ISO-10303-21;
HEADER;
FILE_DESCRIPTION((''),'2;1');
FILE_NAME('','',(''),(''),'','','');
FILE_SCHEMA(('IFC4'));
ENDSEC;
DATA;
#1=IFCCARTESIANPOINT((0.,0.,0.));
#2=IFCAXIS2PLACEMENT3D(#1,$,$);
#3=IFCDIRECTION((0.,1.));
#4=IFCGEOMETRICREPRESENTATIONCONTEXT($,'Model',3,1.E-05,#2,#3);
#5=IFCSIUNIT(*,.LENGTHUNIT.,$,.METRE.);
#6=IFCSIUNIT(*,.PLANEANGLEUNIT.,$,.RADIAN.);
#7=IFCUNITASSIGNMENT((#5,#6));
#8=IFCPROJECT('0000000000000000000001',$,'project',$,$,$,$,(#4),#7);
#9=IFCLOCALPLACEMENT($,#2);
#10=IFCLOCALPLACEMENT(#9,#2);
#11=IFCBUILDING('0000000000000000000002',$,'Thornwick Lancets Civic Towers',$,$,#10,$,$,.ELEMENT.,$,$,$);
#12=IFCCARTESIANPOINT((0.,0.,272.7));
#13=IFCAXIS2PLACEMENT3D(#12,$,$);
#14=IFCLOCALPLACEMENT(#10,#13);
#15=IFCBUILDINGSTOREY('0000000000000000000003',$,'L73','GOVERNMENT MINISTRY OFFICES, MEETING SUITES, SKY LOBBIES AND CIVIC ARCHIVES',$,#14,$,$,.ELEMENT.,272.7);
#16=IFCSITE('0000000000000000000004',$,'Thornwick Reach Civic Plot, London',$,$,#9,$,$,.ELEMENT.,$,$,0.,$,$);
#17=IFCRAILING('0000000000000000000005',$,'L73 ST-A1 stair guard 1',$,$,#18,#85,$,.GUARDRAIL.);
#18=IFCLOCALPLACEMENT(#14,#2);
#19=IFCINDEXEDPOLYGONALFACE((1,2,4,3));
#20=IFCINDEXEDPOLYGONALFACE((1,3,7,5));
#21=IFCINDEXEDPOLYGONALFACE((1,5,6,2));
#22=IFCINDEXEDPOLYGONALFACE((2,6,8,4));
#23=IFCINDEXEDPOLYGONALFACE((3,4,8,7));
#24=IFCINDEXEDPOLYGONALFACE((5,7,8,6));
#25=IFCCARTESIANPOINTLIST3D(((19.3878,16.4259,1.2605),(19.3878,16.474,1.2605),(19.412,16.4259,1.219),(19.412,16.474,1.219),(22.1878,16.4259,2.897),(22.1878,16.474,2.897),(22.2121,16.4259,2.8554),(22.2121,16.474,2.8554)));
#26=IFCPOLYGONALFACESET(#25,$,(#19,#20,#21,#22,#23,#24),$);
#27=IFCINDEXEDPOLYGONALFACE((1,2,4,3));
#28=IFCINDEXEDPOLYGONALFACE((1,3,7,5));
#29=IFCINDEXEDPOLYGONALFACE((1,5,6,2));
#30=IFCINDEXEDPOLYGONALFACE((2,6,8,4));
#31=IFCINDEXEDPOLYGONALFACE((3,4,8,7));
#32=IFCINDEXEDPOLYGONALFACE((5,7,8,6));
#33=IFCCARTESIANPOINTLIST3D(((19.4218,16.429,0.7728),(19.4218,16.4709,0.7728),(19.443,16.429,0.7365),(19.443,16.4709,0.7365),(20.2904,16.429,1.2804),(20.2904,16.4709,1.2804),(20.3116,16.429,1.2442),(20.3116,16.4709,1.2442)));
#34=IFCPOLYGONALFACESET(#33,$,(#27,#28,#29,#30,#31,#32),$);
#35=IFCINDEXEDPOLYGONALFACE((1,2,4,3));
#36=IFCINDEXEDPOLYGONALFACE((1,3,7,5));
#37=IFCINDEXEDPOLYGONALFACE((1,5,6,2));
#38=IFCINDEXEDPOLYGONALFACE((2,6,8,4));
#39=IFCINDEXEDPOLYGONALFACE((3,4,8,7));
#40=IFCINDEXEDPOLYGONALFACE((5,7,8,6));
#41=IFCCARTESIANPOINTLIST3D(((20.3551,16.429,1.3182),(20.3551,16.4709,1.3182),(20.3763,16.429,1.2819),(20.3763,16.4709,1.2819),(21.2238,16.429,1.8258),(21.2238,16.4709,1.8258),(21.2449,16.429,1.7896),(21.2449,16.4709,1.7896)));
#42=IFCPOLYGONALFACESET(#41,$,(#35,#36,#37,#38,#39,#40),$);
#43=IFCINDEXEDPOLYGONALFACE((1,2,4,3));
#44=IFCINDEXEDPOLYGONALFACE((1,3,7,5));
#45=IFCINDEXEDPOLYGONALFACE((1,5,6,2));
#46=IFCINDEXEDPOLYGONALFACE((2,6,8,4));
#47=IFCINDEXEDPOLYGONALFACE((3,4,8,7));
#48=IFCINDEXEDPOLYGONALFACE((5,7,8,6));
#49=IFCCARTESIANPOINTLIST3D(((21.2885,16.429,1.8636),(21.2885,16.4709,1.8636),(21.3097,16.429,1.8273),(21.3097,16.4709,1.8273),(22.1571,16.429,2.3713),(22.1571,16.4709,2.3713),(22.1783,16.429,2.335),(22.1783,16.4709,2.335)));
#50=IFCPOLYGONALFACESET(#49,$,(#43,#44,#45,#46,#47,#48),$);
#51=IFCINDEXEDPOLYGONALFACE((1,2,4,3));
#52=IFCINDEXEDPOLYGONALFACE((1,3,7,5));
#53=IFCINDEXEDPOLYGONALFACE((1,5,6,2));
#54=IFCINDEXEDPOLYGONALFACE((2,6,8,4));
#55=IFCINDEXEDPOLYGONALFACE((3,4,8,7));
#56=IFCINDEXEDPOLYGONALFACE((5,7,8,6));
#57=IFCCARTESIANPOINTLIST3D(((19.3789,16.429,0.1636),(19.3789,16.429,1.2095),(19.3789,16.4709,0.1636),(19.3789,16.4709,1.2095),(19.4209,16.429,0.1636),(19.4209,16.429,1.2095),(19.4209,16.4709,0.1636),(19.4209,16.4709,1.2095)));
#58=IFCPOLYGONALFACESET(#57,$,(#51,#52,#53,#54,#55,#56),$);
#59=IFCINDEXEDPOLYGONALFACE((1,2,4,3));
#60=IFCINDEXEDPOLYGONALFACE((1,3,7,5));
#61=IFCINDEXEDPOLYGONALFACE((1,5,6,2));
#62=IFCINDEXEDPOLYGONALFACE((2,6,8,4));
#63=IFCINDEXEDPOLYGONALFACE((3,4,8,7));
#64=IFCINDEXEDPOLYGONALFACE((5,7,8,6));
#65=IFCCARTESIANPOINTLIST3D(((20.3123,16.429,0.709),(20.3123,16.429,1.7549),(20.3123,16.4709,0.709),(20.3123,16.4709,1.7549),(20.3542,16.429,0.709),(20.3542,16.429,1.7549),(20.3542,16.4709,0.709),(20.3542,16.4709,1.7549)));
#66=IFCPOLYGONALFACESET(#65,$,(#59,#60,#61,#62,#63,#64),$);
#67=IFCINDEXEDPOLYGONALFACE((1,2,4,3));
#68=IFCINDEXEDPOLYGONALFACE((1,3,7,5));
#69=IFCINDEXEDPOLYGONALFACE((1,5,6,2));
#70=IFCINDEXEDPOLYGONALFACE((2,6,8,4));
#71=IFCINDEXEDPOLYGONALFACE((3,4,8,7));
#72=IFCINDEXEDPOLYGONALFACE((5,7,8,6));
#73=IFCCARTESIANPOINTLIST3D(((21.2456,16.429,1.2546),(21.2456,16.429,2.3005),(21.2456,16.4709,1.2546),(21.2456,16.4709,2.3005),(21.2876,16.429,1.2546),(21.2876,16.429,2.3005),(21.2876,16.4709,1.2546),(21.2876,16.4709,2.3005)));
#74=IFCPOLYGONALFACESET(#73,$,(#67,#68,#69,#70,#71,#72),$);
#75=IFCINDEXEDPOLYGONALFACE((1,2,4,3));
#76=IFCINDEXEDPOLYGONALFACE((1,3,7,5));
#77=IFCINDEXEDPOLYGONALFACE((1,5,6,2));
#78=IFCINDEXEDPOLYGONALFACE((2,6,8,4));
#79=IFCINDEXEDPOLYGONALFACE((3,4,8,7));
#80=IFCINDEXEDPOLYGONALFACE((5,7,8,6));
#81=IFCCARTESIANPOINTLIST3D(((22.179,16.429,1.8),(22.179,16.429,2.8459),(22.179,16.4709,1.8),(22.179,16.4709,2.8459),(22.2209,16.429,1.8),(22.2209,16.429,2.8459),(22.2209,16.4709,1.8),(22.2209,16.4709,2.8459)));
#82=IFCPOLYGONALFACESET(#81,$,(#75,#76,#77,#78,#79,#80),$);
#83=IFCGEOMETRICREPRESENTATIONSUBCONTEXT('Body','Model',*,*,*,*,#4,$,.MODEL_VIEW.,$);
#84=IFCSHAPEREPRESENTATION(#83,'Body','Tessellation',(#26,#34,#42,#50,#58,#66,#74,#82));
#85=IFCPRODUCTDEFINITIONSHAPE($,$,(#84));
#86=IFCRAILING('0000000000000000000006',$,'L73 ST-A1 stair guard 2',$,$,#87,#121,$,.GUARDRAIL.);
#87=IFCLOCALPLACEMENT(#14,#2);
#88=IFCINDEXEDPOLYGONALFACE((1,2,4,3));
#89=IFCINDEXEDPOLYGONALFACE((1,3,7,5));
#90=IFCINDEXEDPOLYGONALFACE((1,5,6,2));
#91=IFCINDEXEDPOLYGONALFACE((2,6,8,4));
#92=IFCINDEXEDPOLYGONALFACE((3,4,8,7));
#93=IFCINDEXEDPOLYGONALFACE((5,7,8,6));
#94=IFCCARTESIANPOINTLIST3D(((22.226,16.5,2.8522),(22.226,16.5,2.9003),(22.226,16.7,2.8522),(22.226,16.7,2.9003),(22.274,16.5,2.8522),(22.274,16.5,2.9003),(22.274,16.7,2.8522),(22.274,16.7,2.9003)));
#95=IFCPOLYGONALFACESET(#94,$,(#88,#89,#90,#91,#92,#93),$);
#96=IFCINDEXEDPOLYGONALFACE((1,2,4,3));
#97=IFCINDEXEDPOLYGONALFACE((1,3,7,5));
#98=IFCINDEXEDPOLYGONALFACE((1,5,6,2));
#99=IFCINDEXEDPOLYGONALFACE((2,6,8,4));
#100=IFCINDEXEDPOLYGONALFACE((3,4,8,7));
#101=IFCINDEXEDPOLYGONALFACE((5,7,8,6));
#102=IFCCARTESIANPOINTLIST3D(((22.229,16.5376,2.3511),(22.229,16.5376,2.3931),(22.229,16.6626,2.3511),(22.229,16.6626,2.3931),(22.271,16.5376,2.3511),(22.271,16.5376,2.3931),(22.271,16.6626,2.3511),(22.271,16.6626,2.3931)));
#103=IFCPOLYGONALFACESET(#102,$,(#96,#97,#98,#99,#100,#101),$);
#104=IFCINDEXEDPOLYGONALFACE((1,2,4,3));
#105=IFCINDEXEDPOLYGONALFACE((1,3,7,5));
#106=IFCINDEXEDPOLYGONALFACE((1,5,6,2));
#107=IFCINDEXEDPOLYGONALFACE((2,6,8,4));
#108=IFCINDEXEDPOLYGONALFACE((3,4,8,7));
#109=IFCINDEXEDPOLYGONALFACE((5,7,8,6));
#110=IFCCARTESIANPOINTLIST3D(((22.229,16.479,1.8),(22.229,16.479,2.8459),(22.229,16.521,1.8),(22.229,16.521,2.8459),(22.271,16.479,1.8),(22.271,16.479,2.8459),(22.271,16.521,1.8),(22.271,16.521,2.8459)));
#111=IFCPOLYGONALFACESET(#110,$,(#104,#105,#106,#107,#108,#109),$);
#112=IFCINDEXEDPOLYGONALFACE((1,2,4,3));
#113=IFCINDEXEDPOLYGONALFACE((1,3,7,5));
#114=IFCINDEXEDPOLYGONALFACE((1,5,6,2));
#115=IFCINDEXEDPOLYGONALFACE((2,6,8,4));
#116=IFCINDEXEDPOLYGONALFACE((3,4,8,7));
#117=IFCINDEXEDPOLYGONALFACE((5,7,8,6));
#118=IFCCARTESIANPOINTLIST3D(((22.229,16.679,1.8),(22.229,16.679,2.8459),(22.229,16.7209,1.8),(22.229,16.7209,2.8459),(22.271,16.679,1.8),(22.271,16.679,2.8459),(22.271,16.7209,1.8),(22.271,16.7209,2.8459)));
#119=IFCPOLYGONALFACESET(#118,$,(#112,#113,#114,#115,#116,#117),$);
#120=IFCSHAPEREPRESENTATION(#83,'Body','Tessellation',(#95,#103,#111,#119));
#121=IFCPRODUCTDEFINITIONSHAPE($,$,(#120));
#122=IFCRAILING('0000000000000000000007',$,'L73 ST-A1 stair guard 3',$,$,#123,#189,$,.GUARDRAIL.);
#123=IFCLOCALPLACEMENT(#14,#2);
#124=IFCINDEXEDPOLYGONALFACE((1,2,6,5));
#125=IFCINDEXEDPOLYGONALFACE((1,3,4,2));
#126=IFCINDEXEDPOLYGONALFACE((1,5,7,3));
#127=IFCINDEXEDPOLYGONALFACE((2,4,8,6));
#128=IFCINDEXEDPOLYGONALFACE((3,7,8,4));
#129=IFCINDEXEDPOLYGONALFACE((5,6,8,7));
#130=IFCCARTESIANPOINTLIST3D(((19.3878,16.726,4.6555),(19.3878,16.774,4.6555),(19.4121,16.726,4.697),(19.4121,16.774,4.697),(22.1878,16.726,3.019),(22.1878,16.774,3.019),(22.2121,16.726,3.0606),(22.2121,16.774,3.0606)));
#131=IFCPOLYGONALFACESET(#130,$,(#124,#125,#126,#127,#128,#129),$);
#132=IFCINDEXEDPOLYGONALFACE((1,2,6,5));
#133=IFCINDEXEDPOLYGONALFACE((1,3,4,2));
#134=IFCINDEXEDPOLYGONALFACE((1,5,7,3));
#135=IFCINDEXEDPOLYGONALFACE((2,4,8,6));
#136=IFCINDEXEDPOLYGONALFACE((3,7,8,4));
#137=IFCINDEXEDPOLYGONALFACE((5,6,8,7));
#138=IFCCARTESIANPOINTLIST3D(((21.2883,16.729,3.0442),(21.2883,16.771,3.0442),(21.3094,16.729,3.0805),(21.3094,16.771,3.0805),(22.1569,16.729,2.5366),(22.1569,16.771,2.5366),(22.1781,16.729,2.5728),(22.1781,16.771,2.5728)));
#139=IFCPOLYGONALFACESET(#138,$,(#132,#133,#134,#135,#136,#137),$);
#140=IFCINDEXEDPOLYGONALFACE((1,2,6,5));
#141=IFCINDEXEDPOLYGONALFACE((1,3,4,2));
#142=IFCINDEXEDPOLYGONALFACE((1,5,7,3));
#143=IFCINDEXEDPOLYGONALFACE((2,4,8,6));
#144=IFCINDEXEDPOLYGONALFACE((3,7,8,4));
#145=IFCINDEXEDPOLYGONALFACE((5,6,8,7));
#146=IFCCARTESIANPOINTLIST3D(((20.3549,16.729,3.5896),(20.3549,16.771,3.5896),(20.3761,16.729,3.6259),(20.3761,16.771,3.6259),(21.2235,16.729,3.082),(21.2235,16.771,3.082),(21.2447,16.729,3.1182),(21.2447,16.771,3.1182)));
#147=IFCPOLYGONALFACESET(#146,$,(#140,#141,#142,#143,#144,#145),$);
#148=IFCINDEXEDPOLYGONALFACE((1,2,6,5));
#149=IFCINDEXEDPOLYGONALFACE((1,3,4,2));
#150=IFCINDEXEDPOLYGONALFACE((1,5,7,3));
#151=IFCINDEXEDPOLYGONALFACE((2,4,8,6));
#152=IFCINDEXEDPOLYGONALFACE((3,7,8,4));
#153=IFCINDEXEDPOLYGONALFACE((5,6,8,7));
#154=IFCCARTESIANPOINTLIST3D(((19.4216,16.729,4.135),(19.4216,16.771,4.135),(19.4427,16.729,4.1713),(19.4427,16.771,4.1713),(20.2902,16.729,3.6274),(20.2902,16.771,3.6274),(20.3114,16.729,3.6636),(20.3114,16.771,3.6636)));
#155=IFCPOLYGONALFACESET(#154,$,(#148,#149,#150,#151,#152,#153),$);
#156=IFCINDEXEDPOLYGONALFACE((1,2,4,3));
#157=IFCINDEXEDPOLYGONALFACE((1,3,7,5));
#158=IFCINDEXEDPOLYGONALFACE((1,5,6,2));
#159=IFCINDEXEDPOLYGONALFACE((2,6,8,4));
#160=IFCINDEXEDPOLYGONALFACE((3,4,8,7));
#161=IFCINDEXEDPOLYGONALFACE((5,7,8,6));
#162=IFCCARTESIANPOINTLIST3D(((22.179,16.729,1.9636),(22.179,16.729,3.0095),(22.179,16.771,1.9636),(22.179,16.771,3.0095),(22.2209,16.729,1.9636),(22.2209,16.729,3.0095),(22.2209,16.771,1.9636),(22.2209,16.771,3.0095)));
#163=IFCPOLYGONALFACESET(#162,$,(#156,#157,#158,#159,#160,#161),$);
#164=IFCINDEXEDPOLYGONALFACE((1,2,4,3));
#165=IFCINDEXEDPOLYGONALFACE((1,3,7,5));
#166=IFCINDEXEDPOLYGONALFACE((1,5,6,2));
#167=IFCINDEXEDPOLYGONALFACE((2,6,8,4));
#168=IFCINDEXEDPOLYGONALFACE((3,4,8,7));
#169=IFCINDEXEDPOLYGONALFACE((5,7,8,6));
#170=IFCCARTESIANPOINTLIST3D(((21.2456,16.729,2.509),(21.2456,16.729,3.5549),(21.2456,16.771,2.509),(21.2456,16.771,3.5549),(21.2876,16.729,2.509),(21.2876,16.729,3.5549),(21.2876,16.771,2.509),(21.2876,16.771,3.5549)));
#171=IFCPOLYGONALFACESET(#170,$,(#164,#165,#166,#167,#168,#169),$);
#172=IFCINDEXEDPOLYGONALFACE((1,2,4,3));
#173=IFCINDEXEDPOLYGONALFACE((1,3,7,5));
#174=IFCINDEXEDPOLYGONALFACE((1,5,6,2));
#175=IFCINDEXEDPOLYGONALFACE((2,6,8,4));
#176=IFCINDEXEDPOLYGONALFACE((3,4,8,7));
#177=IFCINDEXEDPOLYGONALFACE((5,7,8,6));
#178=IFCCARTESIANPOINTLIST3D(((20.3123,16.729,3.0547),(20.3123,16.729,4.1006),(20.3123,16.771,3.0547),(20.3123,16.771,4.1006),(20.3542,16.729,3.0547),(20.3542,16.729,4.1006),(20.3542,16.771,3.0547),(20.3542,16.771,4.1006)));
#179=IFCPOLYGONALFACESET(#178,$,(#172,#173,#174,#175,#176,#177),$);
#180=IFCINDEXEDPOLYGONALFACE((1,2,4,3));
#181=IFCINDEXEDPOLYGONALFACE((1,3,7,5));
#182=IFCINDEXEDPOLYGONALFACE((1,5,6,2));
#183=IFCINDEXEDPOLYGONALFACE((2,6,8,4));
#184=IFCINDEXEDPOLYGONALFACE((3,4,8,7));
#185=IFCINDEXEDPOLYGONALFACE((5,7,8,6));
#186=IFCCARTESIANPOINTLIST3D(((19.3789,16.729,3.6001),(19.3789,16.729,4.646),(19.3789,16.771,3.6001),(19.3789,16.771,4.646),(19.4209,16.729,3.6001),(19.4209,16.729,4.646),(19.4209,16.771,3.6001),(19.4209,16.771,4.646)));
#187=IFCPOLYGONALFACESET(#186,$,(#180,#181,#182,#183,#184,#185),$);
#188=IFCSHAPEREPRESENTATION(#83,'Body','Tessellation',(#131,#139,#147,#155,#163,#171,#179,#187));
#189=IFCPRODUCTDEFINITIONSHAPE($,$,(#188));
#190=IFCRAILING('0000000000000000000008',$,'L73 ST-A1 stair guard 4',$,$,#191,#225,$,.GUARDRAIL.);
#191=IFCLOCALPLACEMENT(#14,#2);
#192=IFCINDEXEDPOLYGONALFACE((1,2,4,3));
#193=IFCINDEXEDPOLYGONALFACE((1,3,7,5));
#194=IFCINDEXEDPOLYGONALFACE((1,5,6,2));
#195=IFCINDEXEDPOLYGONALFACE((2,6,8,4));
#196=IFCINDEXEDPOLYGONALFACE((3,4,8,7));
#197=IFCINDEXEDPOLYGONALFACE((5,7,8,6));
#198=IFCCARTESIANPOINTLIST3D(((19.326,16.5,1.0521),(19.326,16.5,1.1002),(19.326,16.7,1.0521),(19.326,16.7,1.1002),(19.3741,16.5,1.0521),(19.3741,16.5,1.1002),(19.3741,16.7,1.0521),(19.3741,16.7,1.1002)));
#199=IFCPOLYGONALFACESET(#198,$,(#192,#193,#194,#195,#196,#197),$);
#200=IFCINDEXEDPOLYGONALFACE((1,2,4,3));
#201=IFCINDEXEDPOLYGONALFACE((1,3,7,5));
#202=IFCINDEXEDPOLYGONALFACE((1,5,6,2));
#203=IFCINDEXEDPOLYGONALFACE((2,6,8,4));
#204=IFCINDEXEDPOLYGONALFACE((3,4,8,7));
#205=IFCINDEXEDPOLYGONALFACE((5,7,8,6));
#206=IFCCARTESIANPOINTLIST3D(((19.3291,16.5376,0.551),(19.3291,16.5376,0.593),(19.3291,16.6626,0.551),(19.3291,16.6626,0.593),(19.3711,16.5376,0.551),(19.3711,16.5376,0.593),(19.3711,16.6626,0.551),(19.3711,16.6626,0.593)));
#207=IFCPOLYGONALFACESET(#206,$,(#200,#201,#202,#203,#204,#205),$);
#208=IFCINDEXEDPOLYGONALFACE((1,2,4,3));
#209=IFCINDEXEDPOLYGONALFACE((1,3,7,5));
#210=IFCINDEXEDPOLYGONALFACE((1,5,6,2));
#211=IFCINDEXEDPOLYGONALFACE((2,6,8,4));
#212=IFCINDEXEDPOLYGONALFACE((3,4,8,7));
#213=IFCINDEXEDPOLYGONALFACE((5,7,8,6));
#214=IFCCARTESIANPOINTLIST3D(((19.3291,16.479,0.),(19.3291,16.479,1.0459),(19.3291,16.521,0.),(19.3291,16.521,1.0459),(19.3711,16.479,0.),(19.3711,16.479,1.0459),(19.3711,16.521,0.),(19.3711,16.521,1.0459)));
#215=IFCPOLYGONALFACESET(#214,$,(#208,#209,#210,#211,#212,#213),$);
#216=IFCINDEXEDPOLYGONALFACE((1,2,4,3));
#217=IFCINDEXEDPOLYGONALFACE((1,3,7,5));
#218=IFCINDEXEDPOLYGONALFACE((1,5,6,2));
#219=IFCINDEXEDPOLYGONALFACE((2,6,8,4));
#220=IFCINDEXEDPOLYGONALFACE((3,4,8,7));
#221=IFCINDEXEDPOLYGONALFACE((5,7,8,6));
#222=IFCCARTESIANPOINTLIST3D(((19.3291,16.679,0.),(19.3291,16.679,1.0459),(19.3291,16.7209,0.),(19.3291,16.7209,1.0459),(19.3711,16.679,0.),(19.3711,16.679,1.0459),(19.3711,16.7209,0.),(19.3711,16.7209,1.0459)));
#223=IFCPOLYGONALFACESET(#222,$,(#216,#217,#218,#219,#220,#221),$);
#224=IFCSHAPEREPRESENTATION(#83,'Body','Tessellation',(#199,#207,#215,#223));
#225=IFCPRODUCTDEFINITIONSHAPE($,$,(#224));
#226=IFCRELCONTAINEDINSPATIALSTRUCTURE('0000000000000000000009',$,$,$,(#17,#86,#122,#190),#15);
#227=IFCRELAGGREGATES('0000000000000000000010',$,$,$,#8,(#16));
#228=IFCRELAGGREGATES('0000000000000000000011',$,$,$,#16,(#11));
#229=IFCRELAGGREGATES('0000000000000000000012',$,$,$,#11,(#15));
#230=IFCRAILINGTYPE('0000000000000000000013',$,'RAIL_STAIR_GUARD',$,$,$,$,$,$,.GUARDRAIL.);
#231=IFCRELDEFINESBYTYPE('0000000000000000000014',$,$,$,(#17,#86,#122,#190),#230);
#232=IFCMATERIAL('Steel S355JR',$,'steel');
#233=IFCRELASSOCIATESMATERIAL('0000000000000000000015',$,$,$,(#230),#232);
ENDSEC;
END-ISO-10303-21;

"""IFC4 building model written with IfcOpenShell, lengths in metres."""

from ifc_helpers import new_model, si_unit, direction, frame, origin, origin_2d, place, context, subcontext, project, spatial, rectangle, extrude, material, type_object, element, save


model = new_model("IFC4")

# Units and contexts
model_context = context("Model", 3, precision=1e-05, world=origin(), true_north=direction((0.0, 1.0)))
body_context = subcontext(model_context, "Body", "Model", "MODEL_VIEW")
ifc_project = project(units=[si_unit("LENGTHUNIT", "METRE"), si_unit("PLANEANGLEUNIT", "RADIAN")], contexts=[model_context])

# Site, building, storey
site_placement = place(None, origin())
site = spatial("IfcSite", under=ifc_project, at=site_placement, Name="Thornwick Reach Civic Plot, London", CompositionType="ELEMENT", RefElevation=0.0)
building_placement = place(site_placement, origin())
building = spatial("IfcBuilding", under=site, at=building_placement, Name="Thornwick Lancets Civic Towers", CompositionType="ELEMENT")
storey_placement = place(building_placement, frame((0.0, 0.0, 272.7)))
storey = spatial("IfcBuildingStorey", under=building, at=storey_placement, Name="L73", Description="GOVERNMENT MINISTRY OFFICES, MEETING SUITES, SKY LOBBIES AND CIVIC ARCHIVES", CompositionType="ELEMENT", Elevation=272.7)

# Shared definitions
ifc_material_1 = material(Name="Steel S355JR", Category="steel")

# Railings
railing_type_1 = type_object("IfcRailingType", Name="RAIL_STAIR_GUARD", PredefinedType="GUARDRAIL", material=ifc_material_1)
railing_1_placement = place(storey_placement, frame((19.3999, 16.45, 0.1636)))
element("IfcRailing", 1, at=railing_1_placement, inside=storey, type_object=railing_type_1, Name="L73 ST-A1 stair guard 1", PredefinedType="GUARDRAIL", context=body_context, shape_type="SweptSolid", body=[
    extrude(rectangle(XDim=0.0481, YDim=0.0481, at=origin_2d()), frame((0.0, 0.0, 1.0762), z_axis=(0.863361, 0.0, 0.504587), x_axis=(0.0, 1.0, 0.0)), (0.0, 0.0, 1.0), 3.2432),
    extrude(rectangle(XDim=0.042, YDim=0.042, at=origin_2d()), frame((0.0325, 0.0, 0.5911), z_axis=(0.863361, 0.0, 0.504587), x_axis=(0.0, 1.0, 0.0)), (0.0, 0.0, 1.0), 1.0061),
    extrude(rectangle(XDim=0.042, YDim=0.042, at=origin_2d()), frame((0.9658, 0.0, 1.1365), z_axis=(0.863361, 0.0, 0.504587), x_axis=(0.0, 1.0, 0.0)), (0.0, 0.0, 1.0), 1.0061),
    extrude(rectangle(XDim=0.042, YDim=0.042, at=origin_2d()), frame((1.8992, 0.0, 1.6819), z_axis=(0.863361, 0.0, 0.504587), x_axis=(0.0, 1.0, 0.0)), (0.0, 0.0, 1.0), 1.0061),
    extrude(rectangle(XDim=0.042, YDim=0.042, at=origin_2d()), origin(), (0.0, 0.0, 1.0), 1.0459),
    extrude(rectangle(XDim=0.042, YDim=0.042, at=origin_2d()), frame((0.9333, 0.0, 0.5454)), (0.0, 0.0, 1.0), 1.0459),
    extrude(rectangle(XDim=0.042, YDim=0.042, at=origin_2d()), frame((1.8667, 0.0, 1.0911)), (0.0, 0.0, 1.0), 1.0459),
    extrude(rectangle(XDim=0.042, YDim=0.042, at=origin_2d()), frame((2.8, 0.0, 1.6365)), (0.0, 0.0, 1.0), 1.0459),
])
railing_2_placement = place(storey_placement, frame((22.25, 16.5, 1.8)))
element("IfcRailing", 2, at=railing_2_placement, inside=storey, type_object=railing_type_1, Name="L73 ST-A1 stair guard 2", PredefinedType="GUARDRAIL", context=body_context, shape_type="SweptSolid", body=[
    extrude(rectangle(XDim=0.0481, YDim=0.0481, at=origin_2d()), frame((0.0, 0.0, 1.0762), z_axis=(0.0, 1.0, 0.0), x_axis=(-1.0, 0.0, 0.0)), (0.0, 0.0, 1.0), 0.2),
    extrude(rectangle(XDim=0.042, YDim=0.042, at=origin_2d()), frame((0.0, 0.0376, 0.572), z_axis=(0.0, 1.0, 0.0), x_axis=(-1.0, 0.0, 0.0)), (0.0, 0.0, 1.0), 0.125),
    extrude(rectangle(XDim=0.042, YDim=0.042, at=origin_2d()), origin(), (0.0, 0.0, 1.0), 1.0459),
    extrude(rectangle(XDim=0.042, YDim=0.042, at=origin_2d()), frame((0.0, 0.2, 0.0)), (0.0, 0.0, 1.0), 1.0459),
])
railing_3_placement = place(storey_placement, frame((22.2, 16.75, 1.9636)))
element("IfcRailing", 3, at=railing_3_placement, inside=storey, type_object=railing_type_1, Name="L73 ST-A1 stair guard 3", PredefinedType="GUARDRAIL", context=body_context, shape_type="SweptSolid", body=[
    extrude(rectangle(XDim=0.0481, YDim=0.0481, at=origin_2d()), frame((0.0, 0.0, 1.0762), z_axis=(-0.863361, 0.0, 0.504587), x_axis=(0.0, -1.0, 0.0)), (0.0, 0.0, 1.0), 3.2432),
    extrude(rectangle(XDim=0.042, YDim=0.042, at=origin_2d()), frame((-0.0325, 0.0, 0.5911), z_axis=(-0.863361, 0.0, 0.504587), x_axis=(0.0, -1.0, 0.0)), (0.0, 0.0, 1.0), 1.0061),
    extrude(rectangle(XDim=0.042, YDim=0.042, at=origin_2d()), frame((-0.9658, 0.0, 1.1365), z_axis=(-0.863361, 0.0, 0.504587), x_axis=(0.0, -1.0, 0.0)), (0.0, 0.0, 1.0), 1.0061),
    extrude(rectangle(XDim=0.042, YDim=0.042, at=origin_2d()), frame((-1.8992, 0.0, 1.6819), z_axis=(-0.863361, 0.0, 0.504587), x_axis=(0.0, -1.0, 0.0)), (0.0, 0.0, 1.0), 1.0061),
    extrude(rectangle(XDim=0.042, YDim=0.042, at=origin_2d()), origin(), (0.0, 0.0, 1.0), 1.0459),
    extrude(rectangle(XDim=0.042, YDim=0.042, at=origin_2d()), frame((-0.9333, 0.0, 0.5454)), (0.0, 0.0, 1.0), 1.0459),
    extrude(rectangle(XDim=0.042, YDim=0.042, at=origin_2d()), frame((-1.8667, 0.0, 1.0911)), (0.0, 0.0, 1.0), 1.0459),
    extrude(rectangle(XDim=0.042, YDim=0.042, at=origin_2d()), frame((-2.8, 0.0, 1.6365)), (0.0, 0.0, 1.0), 1.0459),
])
railing_4_placement = place(storey_placement, frame((19.3501, 16.5, 0.0)))
element("IfcRailing", 4, at=railing_4_placement, inside=storey, type_object=railing_type_1, Name="L73 ST-A1 stair guard 4", PredefinedType="GUARDRAIL", context=body_context, shape_type="SweptSolid", body=[
    extrude(rectangle(XDim=0.0481, YDim=0.0481, at=origin_2d()), frame((0.0, 0.0, 1.0762), z_axis=(0.0, 1.0, 0.0), x_axis=(-1.0, 0.0, 0.0)), (0.0, 0.0, 1.0), 0.2),
    extrude(rectangle(XDim=0.042, YDim=0.042, at=origin_2d()), frame((0.0, 0.0376, 0.572), z_axis=(0.0, 1.0, 0.0), x_axis=(-1.0, 0.0, 0.0)), (0.0, 0.0, 1.0), 0.125),
    extrude(rectangle(XDim=0.042, YDim=0.042, at=origin_2d()), origin(), (0.0, 0.0, 1.0), 1.0459),
    extrude(rectangle(XDim=0.042, YDim=0.042, at=origin_2d()), frame((0.0, 0.2, 0.0)), (0.0, 0.0, 1.0), 1.0459),
])

save(model, "model.ifc")
